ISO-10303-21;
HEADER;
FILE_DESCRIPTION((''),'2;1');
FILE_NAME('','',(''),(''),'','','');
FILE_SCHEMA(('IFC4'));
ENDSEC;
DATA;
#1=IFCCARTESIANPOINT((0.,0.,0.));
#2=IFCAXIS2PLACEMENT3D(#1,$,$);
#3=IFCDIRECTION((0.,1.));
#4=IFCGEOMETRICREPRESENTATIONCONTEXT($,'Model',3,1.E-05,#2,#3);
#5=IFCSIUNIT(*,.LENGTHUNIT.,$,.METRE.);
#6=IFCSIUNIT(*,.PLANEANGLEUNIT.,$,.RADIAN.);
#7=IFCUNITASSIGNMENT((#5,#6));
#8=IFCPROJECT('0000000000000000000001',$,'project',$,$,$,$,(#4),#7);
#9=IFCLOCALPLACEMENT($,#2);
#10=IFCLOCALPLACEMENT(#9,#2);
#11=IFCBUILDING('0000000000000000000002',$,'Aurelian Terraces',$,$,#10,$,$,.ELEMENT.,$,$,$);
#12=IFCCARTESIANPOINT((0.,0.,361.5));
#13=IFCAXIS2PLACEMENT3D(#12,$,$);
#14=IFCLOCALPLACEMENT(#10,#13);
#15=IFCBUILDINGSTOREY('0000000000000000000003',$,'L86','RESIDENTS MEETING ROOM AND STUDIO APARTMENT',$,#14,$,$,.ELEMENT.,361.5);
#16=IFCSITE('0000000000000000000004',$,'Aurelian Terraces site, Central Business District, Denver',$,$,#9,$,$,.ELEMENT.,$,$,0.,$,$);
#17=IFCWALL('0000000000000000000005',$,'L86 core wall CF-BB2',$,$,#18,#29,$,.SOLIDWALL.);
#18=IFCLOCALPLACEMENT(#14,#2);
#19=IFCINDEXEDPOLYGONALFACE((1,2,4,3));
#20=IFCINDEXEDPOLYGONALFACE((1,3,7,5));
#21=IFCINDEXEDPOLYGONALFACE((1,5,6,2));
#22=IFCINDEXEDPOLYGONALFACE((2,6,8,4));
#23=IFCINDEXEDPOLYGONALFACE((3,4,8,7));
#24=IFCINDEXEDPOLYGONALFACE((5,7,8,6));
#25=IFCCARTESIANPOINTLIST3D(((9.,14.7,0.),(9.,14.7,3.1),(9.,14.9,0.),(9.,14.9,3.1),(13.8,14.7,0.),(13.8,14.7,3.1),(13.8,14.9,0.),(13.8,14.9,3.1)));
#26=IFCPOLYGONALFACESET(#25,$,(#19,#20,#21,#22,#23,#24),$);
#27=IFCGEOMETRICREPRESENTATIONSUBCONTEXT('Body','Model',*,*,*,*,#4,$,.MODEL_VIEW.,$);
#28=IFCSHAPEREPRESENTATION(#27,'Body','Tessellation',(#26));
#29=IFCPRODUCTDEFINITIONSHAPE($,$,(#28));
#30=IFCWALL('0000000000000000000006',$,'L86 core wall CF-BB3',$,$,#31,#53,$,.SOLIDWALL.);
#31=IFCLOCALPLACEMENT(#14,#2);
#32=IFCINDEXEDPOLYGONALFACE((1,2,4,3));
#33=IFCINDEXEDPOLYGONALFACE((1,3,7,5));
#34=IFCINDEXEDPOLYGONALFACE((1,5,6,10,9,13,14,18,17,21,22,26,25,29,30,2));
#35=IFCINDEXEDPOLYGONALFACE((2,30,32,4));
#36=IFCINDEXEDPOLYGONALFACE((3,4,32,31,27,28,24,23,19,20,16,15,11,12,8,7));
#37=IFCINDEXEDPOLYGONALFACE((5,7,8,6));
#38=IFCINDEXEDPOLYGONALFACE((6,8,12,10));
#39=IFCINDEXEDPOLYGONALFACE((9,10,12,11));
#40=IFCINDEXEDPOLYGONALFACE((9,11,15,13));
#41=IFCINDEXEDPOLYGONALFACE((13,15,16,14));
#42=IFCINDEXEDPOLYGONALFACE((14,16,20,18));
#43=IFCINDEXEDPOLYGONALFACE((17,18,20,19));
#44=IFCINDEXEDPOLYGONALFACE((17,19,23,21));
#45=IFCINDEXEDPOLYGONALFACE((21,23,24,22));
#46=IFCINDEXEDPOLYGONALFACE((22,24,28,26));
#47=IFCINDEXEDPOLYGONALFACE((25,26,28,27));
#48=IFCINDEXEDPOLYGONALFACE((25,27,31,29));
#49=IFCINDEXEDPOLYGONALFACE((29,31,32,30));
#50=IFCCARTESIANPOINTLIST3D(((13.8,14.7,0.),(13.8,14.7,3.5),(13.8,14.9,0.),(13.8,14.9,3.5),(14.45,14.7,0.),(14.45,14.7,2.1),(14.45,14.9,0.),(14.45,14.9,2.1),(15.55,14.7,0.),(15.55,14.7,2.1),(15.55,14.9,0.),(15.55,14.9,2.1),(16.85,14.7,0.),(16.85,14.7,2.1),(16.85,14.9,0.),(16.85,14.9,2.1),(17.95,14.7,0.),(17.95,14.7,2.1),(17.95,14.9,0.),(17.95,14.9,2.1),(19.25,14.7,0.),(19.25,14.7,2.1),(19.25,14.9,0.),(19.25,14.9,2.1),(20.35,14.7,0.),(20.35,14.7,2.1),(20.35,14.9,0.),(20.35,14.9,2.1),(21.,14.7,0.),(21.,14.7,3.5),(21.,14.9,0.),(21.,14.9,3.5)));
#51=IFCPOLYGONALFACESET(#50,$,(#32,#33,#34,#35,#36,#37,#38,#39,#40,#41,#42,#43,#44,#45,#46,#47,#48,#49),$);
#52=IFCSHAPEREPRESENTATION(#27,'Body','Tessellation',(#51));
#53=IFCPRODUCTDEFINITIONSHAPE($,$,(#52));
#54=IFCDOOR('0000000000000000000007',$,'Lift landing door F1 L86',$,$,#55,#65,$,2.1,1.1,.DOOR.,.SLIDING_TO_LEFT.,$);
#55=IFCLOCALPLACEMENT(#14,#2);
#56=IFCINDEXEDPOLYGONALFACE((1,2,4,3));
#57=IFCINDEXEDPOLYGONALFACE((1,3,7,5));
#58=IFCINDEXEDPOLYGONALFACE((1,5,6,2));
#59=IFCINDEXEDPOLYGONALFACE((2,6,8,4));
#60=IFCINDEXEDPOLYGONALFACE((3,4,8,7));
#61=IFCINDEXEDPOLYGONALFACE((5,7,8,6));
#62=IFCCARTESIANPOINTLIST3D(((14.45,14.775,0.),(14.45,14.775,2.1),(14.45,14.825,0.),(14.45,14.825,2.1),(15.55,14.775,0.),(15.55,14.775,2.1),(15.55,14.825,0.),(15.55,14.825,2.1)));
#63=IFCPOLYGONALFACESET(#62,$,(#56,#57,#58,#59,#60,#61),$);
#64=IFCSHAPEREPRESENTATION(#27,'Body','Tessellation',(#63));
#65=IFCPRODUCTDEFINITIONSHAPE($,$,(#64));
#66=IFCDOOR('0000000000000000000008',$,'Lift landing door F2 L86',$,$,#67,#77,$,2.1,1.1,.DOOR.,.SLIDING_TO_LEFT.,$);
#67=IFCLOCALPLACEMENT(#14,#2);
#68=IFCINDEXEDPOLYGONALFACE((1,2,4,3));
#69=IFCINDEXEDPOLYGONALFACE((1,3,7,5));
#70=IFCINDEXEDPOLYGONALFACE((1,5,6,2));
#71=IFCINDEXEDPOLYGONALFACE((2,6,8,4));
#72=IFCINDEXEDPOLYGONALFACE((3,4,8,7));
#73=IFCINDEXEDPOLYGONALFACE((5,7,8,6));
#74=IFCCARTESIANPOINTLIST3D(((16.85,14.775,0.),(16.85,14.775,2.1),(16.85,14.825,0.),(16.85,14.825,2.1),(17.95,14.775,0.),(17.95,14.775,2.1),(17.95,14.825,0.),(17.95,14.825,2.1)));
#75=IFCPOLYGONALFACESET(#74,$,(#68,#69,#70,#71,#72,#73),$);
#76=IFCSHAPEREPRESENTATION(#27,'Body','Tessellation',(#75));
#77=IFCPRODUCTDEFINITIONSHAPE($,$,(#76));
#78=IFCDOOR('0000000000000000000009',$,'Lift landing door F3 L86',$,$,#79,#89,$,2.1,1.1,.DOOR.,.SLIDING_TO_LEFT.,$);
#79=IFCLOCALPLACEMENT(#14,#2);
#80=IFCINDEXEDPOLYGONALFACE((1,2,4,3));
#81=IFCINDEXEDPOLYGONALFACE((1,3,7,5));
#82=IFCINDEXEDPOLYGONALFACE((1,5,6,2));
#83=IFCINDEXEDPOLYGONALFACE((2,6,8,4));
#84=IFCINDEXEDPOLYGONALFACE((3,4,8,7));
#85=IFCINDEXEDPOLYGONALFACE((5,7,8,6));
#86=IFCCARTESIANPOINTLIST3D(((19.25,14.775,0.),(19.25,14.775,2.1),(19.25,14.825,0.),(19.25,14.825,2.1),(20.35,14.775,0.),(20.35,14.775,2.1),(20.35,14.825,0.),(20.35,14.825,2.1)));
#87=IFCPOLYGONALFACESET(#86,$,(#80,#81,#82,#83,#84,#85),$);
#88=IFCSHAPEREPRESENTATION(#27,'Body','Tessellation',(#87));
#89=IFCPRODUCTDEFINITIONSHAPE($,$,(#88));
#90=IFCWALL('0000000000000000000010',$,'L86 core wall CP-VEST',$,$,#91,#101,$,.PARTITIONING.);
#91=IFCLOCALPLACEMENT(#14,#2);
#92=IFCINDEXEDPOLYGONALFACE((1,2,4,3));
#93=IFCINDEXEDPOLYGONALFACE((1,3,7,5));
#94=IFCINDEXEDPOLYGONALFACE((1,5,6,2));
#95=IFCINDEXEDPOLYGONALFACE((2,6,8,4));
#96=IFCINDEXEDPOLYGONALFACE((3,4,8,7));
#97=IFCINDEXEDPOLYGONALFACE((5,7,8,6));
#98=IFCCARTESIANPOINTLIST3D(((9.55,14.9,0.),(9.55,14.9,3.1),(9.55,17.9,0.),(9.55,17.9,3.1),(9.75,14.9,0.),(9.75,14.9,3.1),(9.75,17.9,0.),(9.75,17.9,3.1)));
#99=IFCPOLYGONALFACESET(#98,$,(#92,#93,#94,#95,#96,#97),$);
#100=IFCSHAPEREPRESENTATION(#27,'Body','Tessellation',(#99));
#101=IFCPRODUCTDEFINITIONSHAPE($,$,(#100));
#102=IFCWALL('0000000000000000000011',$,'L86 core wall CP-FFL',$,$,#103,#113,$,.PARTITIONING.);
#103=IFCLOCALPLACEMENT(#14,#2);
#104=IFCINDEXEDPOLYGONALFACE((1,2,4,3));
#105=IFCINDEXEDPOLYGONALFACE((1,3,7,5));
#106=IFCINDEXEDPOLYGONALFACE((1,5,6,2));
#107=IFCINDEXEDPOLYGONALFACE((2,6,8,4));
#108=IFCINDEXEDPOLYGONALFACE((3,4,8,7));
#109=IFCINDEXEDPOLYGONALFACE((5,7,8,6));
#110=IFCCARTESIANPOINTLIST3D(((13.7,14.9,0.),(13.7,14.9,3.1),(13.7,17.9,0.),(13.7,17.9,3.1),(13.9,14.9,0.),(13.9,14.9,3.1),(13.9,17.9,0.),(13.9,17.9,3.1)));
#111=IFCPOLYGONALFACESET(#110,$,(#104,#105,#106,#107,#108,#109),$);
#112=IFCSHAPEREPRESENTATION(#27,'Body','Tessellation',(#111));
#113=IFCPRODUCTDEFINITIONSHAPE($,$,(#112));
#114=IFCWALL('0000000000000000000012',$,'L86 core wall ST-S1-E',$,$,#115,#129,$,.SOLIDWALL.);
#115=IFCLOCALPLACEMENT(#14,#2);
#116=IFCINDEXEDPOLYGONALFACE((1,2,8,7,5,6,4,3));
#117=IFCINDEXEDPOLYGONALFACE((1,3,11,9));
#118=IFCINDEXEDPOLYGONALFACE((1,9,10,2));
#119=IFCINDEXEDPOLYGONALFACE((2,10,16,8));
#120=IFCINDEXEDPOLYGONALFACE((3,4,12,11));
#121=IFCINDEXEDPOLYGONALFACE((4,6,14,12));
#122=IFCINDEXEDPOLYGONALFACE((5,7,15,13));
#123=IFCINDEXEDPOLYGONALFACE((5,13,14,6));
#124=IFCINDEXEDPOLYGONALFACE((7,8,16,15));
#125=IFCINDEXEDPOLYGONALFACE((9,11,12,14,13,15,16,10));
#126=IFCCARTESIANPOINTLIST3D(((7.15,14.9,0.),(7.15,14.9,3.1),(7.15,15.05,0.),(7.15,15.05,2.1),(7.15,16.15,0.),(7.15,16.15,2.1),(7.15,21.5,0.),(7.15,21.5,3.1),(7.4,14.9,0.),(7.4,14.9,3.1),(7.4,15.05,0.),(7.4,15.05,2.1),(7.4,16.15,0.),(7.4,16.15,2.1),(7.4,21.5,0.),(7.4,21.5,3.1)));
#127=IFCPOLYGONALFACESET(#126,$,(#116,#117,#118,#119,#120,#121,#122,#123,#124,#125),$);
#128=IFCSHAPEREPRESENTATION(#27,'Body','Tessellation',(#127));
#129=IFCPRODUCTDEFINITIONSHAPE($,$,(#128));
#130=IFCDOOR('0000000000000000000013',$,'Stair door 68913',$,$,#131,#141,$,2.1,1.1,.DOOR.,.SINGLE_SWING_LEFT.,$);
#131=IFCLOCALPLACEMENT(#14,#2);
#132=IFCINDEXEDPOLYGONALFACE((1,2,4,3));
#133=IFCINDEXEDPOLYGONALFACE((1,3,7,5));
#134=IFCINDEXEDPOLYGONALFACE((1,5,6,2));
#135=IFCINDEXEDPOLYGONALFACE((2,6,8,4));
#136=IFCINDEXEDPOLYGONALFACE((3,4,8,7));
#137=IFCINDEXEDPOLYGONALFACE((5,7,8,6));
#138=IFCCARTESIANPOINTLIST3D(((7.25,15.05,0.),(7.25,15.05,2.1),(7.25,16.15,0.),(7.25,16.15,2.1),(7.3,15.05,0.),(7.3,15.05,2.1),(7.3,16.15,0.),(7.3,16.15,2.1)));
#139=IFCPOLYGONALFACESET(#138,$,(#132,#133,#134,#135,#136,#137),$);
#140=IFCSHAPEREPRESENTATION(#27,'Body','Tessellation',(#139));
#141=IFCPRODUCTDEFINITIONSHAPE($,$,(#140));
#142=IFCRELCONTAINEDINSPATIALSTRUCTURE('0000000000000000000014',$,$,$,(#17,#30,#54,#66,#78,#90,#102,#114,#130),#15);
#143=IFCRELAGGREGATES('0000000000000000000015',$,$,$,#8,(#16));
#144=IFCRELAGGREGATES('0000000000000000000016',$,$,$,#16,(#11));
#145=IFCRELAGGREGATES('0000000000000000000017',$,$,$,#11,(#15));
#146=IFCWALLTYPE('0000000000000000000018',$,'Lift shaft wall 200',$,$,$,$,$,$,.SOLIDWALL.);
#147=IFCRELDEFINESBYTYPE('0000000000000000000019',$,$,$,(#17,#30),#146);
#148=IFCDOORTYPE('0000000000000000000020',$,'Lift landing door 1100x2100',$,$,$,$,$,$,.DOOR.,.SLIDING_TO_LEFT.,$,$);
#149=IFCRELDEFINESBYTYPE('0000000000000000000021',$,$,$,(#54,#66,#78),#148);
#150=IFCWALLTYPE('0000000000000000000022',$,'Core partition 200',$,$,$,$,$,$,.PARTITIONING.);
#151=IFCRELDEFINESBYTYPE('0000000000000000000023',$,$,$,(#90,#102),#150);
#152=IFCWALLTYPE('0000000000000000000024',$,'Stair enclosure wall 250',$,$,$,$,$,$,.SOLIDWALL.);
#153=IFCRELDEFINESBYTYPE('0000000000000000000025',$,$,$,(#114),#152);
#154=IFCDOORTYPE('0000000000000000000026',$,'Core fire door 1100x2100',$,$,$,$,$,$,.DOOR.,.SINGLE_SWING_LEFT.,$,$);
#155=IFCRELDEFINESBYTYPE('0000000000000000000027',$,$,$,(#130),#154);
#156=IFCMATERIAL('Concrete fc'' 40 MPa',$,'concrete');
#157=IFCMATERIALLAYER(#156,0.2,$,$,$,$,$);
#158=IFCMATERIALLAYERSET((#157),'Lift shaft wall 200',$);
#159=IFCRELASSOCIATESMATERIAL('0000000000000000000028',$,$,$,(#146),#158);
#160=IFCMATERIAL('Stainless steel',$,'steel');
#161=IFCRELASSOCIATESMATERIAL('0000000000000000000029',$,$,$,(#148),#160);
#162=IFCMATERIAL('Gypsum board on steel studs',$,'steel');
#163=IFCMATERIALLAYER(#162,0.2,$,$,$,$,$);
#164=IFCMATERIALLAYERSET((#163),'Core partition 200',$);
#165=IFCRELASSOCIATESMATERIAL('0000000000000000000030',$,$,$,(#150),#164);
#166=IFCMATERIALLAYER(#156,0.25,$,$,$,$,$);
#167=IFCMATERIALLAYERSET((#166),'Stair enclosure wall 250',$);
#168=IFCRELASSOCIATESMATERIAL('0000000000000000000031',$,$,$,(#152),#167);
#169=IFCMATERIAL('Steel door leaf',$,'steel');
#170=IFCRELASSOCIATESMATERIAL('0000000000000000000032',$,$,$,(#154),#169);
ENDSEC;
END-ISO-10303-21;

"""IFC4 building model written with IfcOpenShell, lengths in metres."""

from ifc_helpers import new_model, si_unit, direction, frame, frame_2d, origin, place, context, subcontext, project, spatial, rectangle, extrude, source, transform, mapped, material, layer, layer_set, type_object, element, fill, save


model = new_model("IFC4")

# Units and contexts
model_context = context("Model", 3, precision=1e-05, world=origin(), true_north=direction((0.0, 1.0)))
body_context = subcontext(model_context, "Body", "Model", "MODEL_VIEW")
ifc_project = project(units=[si_unit("LENGTHUNIT", "METRE"), si_unit("PLANEANGLEUNIT", "RADIAN")], contexts=[model_context])

# Site, building, storey
site_placement = place(None, origin())
site = spatial("IfcSite", under=ifc_project, at=site_placement, Name="Aurelian Terraces site, Central Business District, Denver", CompositionType="ELEMENT", RefElevation=0.0)
building_placement = place(site_placement, origin())
building = spatial("IfcBuilding", under=site, at=building_placement, Name="Aurelian Terraces", CompositionType="ELEMENT")
storey_placement = place(building_placement, frame((0.0, 0.0, 361.5)))
storey = spatial("IfcBuildingStorey", under=building, at=storey_placement, Name="L86", Description="RESIDENTS MEETING ROOM AND STUDIO APARTMENT", CompositionType="ELEMENT", Elevation=361.5)

# Wall
ifc_material_1 = material(Name="Concrete fc' 40 MPa", Category="concrete")
ifc_layer_1 = layer(ifc_material_1, 0.2)
ifc_layer_set_1 = layer_set([ifc_layer_1], Name="Lift shaft wall 200")
wall_type_1 = type_object("IfcWallType", Name="Lift shaft wall 200", PredefinedType="SOLIDWALL", material=ifc_layer_set_1)
shared_shape_1 = source(origin(), body_context, "Body", "SweptSolid", [
    extrude(rectangle(XDim=4.8, YDim=0.2, at=frame_2d((2.4, 0.0))), origin(), (0.0, 0.0, 1.0), 3.1),
])
wall_1_placement = place(storey_placement, frame((9.0, 14.8, 0.0), z_axis=(0.0, 0.0, 1.0), x_axis=(1.0, 0.0, 0.0)))
element("IfcWall", 1, at=wall_1_placement, inside=storey, type_object=wall_type_1, Name="L86 core wall CF-BB2", PredefinedType="SOLIDWALL", context=body_context, shape_type="MappedRepresentation", body=[
    mapped(shared_shape_1, transform((0.0, 0.0, 0.0), scale=1.0)),
])

# Wall, openings, doors
shared_shape_2 = source(origin(), body_context, "Body", "SweptSolid", [
    extrude(rectangle(XDim=7.2, YDim=0.2, at=frame_2d((3.6, 0.0))), origin(), (0.0, 0.0, 1.0), 3.5),
])
wall_2_placement = place(storey_placement, frame((13.8, 14.8, 0.0), z_axis=(0.0, 0.0, 1.0), x_axis=(1.0, 0.0, 0.0)))
wall_2 = element("IfcWall", 2, at=wall_2_placement, inside=storey, type_object=wall_type_1, Name="L86 core wall CF-BB3", PredefinedType="SOLIDWALL", context=body_context, shape_type="MappedRepresentation", body=[
    mapped(shared_shape_2, transform((0.0, 0.0, 0.0), scale=1.0)),
])
shared_shape_3 = source(origin(), body_context, "Body", "SweptSolid", [
    extrude(rectangle(XDim=1.1, YDim=2.1, at=frame_2d((0.55, 1.05))), frame((0.0, 0.11, 0.0), z_axis=(0.0, -1.0, 0.0), x_axis=(1.0, 0.0, 0.0)), (0.0, 0.0, 1.0), 0.22),
])
opening_1_placement = place(wall_2_placement, frame((0.65, 0.0, 0.0)))
opening_1 = element("IfcOpeningElement", 3, at=opening_1_placement, cuts=wall_2, PredefinedType="OPENING", context=body_context, shape_type="MappedRepresentation", body=[
    mapped(shared_shape_3, transform((0.0, 0.0, 0.0), scale=1.0)),
])
opening_2_placement = place(wall_2_placement, frame((3.05, 0.0, 0.0)))
opening_2 = element("IfcOpeningElement", 4, at=opening_2_placement, cuts=wall_2, PredefinedType="OPENING", context=body_context, shape_type="MappedRepresentation", body=[
    mapped(shared_shape_3, transform((0.0, 0.0, 0.0), scale=1.0)),
])
opening_3_placement = place(wall_2_placement, frame((5.45, 0.0, 0.0)))
opening_3 = element("IfcOpeningElement", 5, at=opening_3_placement, cuts=wall_2, PredefinedType="OPENING", context=body_context, shape_type="MappedRepresentation", body=[
    mapped(shared_shape_3, transform((0.0, 0.0, 0.0), scale=1.0)),
])
ifc_material_2 = material(Name="Stainless steel", Category="steel")
door_type_1 = type_object("IfcDoorType", Name="Lift landing door 1100x2100", OperationType="SLIDING_TO_LEFT", PredefinedType="DOOR", material=ifc_material_2)
shared_shape_4 = source(origin(), body_context, "Body", "SweptSolid", [
    extrude(rectangle(XDim=1.1, YDim=2.1, at=frame_2d((0.55, 1.05))), frame((0.0, 0.025, 0.0), z_axis=(0.0, -1.0, 0.0), x_axis=(1.0, 0.0, 0.0)), (0.0, 0.0, 1.0), 0.05),
])
door_1_placement = place(opening_1_placement, origin())
door_1 = element("IfcDoor", 6, at=door_1_placement, inside=storey, type_object=door_type_1, Name="Lift landing door F1 L86", OperationType="SLIDING_TO_LEFT", OverallHeight=2.1, OverallWidth=1.1, PredefinedType="DOOR", context=body_context, shape_type="MappedRepresentation", body=[
    mapped(shared_shape_4, transform((0.0, 0.0, 0.0), scale=1.0)),
])
fill(opening_1, door_1)
door_2_placement = place(opening_2_placement, origin())
door_2 = element("IfcDoor", 7, at=door_2_placement, inside=storey, type_object=door_type_1, Name="Lift landing door F2 L86", OperationType="SLIDING_TO_LEFT", OverallHeight=2.1, OverallWidth=1.1, PredefinedType="DOOR", context=body_context, shape_type="MappedRepresentation", body=[
    mapped(shared_shape_4, transform((0.0, 0.0, 0.0), scale=1.0)),
])
fill(opening_2, door_2)
door_3_placement = place(opening_3_placement, origin())
door_3 = element("IfcDoor", 8, at=door_3_placement, inside=storey, type_object=door_type_1, Name="Lift landing door F3 L86", OperationType="SLIDING_TO_LEFT", OverallHeight=2.1, OverallWidth=1.1, PredefinedType="DOOR", context=body_context, shape_type="MappedRepresentation", body=[
    mapped(shared_shape_4, transform((0.0, 0.0, 0.0), scale=1.0)),
])
fill(opening_3, door_3)

# Walls
ifc_material_3 = material(Name="Gypsum board on steel studs", Category="steel")
ifc_layer_2 = layer(ifc_material_3, 0.2)
ifc_layer_set_2 = layer_set([ifc_layer_2], Name="Core partition 200")
wall_type_2 = type_object("IfcWallType", Name="Core partition 200", PredefinedType="PARTITIONING", material=ifc_layer_set_2)
shared_shape_5 = source(origin(), body_context, "Body", "SweptSolid", [
    extrude(rectangle(XDim=3.0, YDim=0.2, at=frame_2d((1.5, 0.0))), origin(), (0.0, 0.0, 1.0), 3.1),
])
for number, where, z_axis, x_axis, name in (
    (9, (9.65, 14.9, 0.0), (0.0, 0.0, 1.0), (0.0, 1.0, 0.0), "L86 core wall CP-VEST"),
    (10, (13.8, 14.9, 0.0), (0.0, 0.0, 1.0), (0.0, 1.0, 0.0), "L86 core wall CP-FFL"),
):
    element("IfcWall", number, at=place(storey_placement, frame(where, z_axis=z_axis, x_axis=x_axis)), inside=storey, type_object=wall_type_2, Name=name, PredefinedType="PARTITIONING", context=body_context, shape_type="MappedRepresentation", body=[
        mapped(shared_shape_5, transform((0.0, 0.0, 0.0), scale=1.0)),
    ])

# Wall, opening, door
ifc_layer_3 = layer(ifc_material_1, 0.25)
ifc_layer_set_3 = layer_set([ifc_layer_3], Name="Stair enclosure wall 250")
wall_type_3 = type_object("IfcWallType", Name="Stair enclosure wall 250", PredefinedType="SOLIDWALL", material=ifc_layer_set_3)
shared_shape_6 = source(origin(), body_context, "Body", "SweptSolid", [
    extrude(rectangle(XDim=6.6, YDim=0.25, at=frame_2d((3.3, 0.0))), origin(), (0.0, 0.0, 1.0), 3.1),
])
wall_3_placement = place(storey_placement, frame((7.275, 14.9, 0.0), z_axis=(0.0, 0.0, 1.0), x_axis=(0.0, 1.0, 0.0)))
wall_3 = element("IfcWall", 11, at=wall_3_placement, inside=storey, type_object=wall_type_3, Name="L86 core wall ST-S1-E", PredefinedType="SOLIDWALL", context=body_context, shape_type="MappedRepresentation", body=[
    mapped(shared_shape_6, transform((0.0, 0.0, 0.0), scale=1.0)),
])
shared_shape_7 = source(origin(), body_context, "Body", "SweptSolid", [
    extrude(rectangle(XDim=1.1, YDim=2.1, at=frame_2d((0.55, 1.05))), frame((0.0, 0.135, 0.0), z_axis=(0.0, -1.0, 0.0), x_axis=(1.0, 0.0, 0.0)), (0.0, 0.0, 1.0), 0.27),
])
opening_4_placement = place(wall_3_placement, frame((0.15, 0.0, 0.0)))
opening_4 = element("IfcOpeningElement", 12, at=opening_4_placement, cuts=wall_3, PredefinedType="OPENING", context=body_context, shape_type="MappedRepresentation", body=[
    mapped(shared_shape_7, transform((0.0, 0.0, 0.0), scale=1.0)),
])
ifc_material_4 = material(Name="Steel door leaf", Category="steel")
door_type_2 = type_object("IfcDoorType", Name="Core fire door 1100x2100", OperationType="SINGLE_SWING_LEFT", PredefinedType="DOOR", material=ifc_material_4)
door_4_placement = place(opening_4_placement, origin())
door_4 = element("IfcDoor", 13, at=door_4_placement, inside=storey, type_object=door_type_2, Name="Stair door 68913", OperationType="SINGLE_SWING_LEFT", OverallHeight=2.1, OverallWidth=1.1, PredefinedType="DOOR", context=body_context, shape_type="MappedRepresentation", body=[
    mapped(shared_shape_4, transform((0.0, 0.0, 0.0), scale=1.0)),
])
fill(opening_4, door_4)

save(model, "model.ifc")
